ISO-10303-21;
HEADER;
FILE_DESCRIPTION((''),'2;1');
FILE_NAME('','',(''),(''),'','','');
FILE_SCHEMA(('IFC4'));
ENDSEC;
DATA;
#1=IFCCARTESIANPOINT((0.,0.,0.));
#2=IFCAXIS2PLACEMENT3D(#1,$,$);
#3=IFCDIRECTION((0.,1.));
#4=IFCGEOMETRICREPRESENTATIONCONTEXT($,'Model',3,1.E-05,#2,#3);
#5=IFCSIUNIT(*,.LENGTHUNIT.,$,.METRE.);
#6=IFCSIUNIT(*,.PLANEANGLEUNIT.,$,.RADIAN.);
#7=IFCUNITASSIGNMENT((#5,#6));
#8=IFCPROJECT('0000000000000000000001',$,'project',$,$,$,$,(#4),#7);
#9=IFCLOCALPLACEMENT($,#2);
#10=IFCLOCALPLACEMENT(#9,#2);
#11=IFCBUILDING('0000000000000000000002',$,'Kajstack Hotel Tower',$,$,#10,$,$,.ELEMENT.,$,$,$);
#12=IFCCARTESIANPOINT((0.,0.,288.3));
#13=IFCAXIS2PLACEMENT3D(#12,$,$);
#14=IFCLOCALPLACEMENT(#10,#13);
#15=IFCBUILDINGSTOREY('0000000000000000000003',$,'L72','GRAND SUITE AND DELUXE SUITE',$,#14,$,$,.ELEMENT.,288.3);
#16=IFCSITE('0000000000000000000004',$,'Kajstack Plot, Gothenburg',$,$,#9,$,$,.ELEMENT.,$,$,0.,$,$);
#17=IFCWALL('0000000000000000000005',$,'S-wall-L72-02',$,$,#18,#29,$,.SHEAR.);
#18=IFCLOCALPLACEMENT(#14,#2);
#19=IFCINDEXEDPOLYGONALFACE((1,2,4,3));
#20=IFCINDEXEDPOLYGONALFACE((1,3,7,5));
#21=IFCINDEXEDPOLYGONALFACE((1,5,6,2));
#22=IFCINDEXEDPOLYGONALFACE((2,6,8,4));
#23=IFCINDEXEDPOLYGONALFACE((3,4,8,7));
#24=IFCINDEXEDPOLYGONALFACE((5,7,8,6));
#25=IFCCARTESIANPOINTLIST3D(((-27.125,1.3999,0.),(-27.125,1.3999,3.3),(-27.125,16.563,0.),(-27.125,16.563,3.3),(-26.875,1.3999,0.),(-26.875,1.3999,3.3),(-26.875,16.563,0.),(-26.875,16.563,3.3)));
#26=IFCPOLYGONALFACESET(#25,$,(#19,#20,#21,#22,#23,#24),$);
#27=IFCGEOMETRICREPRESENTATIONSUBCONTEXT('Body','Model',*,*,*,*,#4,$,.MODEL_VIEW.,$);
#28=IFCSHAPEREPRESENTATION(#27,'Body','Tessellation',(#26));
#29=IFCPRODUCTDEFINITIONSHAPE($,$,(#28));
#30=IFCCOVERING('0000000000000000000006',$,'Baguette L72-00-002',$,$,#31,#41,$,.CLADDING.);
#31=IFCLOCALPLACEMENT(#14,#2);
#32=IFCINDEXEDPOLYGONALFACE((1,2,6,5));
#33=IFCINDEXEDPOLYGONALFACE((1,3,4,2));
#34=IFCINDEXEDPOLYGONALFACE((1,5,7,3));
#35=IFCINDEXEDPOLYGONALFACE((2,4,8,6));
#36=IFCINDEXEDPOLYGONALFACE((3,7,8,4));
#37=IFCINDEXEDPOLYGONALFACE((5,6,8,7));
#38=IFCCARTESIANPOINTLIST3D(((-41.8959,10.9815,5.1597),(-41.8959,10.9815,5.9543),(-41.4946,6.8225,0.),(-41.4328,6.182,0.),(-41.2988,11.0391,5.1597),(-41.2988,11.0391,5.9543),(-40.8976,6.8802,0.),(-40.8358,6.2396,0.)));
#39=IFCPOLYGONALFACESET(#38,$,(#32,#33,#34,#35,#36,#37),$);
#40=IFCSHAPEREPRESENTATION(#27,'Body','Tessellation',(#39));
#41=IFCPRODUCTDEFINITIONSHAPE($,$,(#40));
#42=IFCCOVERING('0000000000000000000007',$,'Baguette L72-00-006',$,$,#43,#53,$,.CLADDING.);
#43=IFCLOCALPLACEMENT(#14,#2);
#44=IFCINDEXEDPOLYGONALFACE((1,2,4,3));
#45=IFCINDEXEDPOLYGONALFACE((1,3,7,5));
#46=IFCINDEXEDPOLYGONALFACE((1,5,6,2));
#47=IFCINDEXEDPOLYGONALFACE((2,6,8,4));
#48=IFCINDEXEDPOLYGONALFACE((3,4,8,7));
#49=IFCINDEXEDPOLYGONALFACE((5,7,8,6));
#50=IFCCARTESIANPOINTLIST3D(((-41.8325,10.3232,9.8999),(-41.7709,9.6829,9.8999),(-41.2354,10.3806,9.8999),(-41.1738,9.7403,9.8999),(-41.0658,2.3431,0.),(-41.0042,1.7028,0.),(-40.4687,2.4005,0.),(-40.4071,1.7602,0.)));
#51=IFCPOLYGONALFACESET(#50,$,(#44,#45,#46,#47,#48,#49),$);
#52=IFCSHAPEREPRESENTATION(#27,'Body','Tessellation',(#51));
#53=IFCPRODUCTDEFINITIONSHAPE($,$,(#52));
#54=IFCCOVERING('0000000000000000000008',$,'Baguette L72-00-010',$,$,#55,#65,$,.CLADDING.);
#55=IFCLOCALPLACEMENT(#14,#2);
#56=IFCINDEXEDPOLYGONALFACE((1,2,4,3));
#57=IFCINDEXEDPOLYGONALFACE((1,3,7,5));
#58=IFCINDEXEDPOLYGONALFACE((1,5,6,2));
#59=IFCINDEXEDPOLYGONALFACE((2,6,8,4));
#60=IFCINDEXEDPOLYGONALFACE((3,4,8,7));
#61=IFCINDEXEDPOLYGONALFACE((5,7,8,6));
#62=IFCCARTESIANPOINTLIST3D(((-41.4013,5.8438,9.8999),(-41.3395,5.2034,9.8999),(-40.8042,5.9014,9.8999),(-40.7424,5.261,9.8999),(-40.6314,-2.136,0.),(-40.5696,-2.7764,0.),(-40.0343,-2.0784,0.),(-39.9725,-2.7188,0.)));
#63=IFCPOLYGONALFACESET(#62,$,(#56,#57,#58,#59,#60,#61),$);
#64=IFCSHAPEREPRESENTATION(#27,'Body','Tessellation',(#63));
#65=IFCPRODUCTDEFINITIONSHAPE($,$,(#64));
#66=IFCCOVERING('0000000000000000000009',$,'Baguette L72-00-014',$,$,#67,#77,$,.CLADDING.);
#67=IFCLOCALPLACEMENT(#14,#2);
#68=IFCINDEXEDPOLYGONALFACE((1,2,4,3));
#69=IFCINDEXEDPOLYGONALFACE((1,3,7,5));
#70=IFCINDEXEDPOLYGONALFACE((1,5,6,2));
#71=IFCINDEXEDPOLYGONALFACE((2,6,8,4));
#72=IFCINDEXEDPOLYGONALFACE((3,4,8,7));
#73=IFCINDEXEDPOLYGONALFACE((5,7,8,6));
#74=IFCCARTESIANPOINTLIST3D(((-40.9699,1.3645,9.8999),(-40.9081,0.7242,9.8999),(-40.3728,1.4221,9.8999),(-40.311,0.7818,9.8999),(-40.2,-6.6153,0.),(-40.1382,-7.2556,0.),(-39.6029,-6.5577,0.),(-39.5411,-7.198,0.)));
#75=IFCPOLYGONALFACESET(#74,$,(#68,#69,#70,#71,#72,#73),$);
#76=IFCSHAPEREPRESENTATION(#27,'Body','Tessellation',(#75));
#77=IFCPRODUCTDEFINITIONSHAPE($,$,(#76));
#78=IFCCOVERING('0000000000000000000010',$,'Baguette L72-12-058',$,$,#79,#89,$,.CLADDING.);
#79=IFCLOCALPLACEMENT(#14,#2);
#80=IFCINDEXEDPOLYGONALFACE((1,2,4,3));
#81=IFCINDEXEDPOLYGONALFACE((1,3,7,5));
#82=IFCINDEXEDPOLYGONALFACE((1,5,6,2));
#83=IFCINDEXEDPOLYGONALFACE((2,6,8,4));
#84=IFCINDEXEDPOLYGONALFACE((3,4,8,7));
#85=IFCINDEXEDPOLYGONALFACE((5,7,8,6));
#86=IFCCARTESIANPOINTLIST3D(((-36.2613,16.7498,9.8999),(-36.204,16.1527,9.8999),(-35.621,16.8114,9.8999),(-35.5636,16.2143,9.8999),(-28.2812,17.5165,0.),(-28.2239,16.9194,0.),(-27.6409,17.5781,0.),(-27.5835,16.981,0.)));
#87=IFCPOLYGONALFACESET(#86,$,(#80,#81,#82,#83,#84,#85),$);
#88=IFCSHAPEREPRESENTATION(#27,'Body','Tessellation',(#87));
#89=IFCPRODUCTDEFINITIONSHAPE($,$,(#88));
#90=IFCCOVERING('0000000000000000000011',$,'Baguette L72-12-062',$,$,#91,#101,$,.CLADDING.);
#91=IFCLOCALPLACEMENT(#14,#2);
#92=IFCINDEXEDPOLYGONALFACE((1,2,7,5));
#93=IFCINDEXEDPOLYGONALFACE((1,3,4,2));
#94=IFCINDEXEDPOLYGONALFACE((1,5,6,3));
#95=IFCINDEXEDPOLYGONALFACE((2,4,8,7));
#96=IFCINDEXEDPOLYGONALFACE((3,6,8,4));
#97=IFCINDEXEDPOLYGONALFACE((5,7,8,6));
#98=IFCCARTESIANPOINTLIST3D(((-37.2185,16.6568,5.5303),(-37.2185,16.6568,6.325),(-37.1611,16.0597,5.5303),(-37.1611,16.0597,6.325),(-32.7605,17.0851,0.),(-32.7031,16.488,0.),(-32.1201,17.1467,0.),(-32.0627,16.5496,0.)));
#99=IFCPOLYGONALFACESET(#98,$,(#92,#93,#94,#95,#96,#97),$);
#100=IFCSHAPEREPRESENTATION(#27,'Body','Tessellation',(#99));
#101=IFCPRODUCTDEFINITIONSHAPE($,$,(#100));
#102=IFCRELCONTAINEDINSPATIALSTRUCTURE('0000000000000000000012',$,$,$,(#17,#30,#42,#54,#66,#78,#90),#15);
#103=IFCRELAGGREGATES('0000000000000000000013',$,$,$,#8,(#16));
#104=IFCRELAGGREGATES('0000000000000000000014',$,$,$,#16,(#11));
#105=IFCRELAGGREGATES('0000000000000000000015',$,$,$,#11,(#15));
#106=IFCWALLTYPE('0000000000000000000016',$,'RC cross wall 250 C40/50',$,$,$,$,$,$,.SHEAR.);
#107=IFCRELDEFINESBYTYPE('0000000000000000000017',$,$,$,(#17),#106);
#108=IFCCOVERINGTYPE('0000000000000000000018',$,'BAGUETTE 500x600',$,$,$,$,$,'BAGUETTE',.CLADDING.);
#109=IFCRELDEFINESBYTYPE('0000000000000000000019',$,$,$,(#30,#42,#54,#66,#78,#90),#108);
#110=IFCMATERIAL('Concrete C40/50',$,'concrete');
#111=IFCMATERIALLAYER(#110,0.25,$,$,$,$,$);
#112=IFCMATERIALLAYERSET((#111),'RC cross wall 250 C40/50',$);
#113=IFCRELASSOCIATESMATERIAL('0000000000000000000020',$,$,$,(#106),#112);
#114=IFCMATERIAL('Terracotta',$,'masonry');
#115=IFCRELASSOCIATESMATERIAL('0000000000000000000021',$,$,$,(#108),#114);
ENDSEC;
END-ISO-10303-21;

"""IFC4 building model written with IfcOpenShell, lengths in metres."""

from ifc_helpers import new_model, si_unit, direction, frame, frame_2d, origin, origin_2d, place, context, subcontext, project, spatial, polyline, rectangle, outline, extrude, material, layer, layer_set, material_profile, profile_set, type_object, element, save


model = new_model("IFC4")

# Units and contexts
model_context = context("Model", 3, precision=1e-05, world=origin(), true_north=direction((0.0, 1.0)))
body_context = subcontext(model_context, "Body", "Model", "MODEL_VIEW")
ifc_project = project(units=[si_unit("LENGTHUNIT", "METRE"), si_unit("PLANEANGLEUNIT", "RADIAN")], contexts=[model_context])

# Site, building, storey
site_placement = place(None, origin())
site = spatial("IfcSite", under=ifc_project, at=site_placement, Name="Kajstack Plot, Gothenburg", CompositionType="ELEMENT", RefElevation=0.0)
building_placement = place(site_placement, origin())
building = spatial("IfcBuilding", under=site, at=building_placement, Name="Kajstack Hotel Tower", CompositionType="ELEMENT")
storey_placement = place(building_placement, frame((0.0, 0.0, 288.3)))
storey = spatial("IfcBuildingStorey", under=building, at=storey_placement, Name="L72", Description="GRAND SUITE AND DELUXE SUITE", CompositionType="ELEMENT", Elevation=288.3)

# Wall
ifc_material_1 = material(Name="Concrete C40/50", Category="concrete")
ifc_layer_1 = layer(ifc_material_1, 0.25)
ifc_layer_set_1 = layer_set([ifc_layer_1], Name="RC cross wall 250 C40/50")
wall_type_1 = type_object("IfcWallType", Name="RC cross wall 250 C40/50", PredefinedType="SHEAR", material=ifc_layer_set_1)
wall_1_placement = place(storey_placement, frame((-27.0, 1.3999, 0.0), z_axis=(0.0, 0.0, 1.0), x_axis=(0.0, 1.0, 0.0)))
element("IfcWall", 1, at=wall_1_placement, inside=storey, type_object=wall_type_1, Name="S-wall-L72-02", PredefinedType="SHEAR", context=body_context, shape_type="SweptSolid", body=[
    extrude(rectangle(XDim=15.1631, YDim=0.25, at=frame_2d((7.5815, 0.0))), origin(), (0.0, 0.0, 1.0), 3.3),
])

# Coverings
ifc_material_2 = material(Name="Terracotta", Category="masonry")
ifc_material_profile = material_profile(ifc_material_2, rectangle(XDim=0.6001, YDim=0.5, at=origin_2d()), Name="Terracotta-clad concrete baguette 500 x 600")
ifc_profile_set = profile_set([ifc_material_profile], Name="Terracotta")
covering_type = type_object("IfcCoveringType", Name="BAGUETTE 500x600", ElementType="BAGUETTE", PredefinedType="CLADDING", material=ifc_profile_set)
covering_1_placement = place(storey_placement, frame((-41.2988, 11.0391, 0.0), z_axis=(-0.995378, -0.096038, 0.0), x_axis=(0.096038, -0.995378, 0.0)))
element("IfcCovering", 2, at=covering_1_placement, inside=storey, type_object=covering_type, Name="Baguette L72-00-002", PredefinedType="CLADDING", context=body_context, shape_type="SweptSolid", body=[
    extrude(outline(polyline([(4.8218, 0.0), (0.0, 5.9543), (0.0, 5.1597), (4.1782, 0.0), (4.8218, 0.0)])), origin(), (0.0, 0.0, 1.0), 0.5999),
])
for number, where, z_axis, x_axis, name in (
    (3, (-41.2354, 10.3806, 0.0), (-0.995416, -0.095635, 0.0), (0.095635, -0.995416, 0.0), "Baguette L72-00-006"),
    (4, (-40.8042, 5.9014, 0.0), (-0.995378, -0.096038, 0.0), (0.096038, -0.995378, 0.0), "Baguette L72-00-010"),
    (5, (-40.3728, 1.4221, 0.0), (-0.995378, -0.096038, 0.0), (0.096038, -0.995378, 0.0), "Baguette L72-00-014"),
):
    element("IfcCovering", number, at=place(storey_placement, frame(where, z_axis=z_axis, x_axis=x_axis)), inside=storey, type_object=covering_type, Name=name, PredefinedType="CLADDING", context=body_context, shape_type="SweptSolid", body=[
        extrude(outline(polyline([(0.0, 9.8999), (8.0168, 0.0), (8.6602, 0.0), (0.6433, 9.8999), (0.0, 9.8999)])), origin(), (0.0, 0.0, 1.0), 0.5999),
    ])
covering_2_placement = place(storey_placement, frame((-27.5835, 16.981, 0.0), z_axis=(-0.095635, 0.995416, 0.0), x_axis=(-0.995416, -0.095635, 0.0)))
element("IfcCovering", 6, at=covering_2_placement, inside=storey, type_object=covering_type, Name="Baguette L72-12-058", PredefinedType="CLADDING", context=body_context, shape_type="SweptSolid", body=[
    extrude(outline(polyline([(8.0168, 9.8999), (0.0, 0.0), (0.6433, 0.0), (8.6602, 9.8999), (8.0168, 9.8999)])), origin(), (0.0, 0.0, 1.0), 0.5999),
])
covering_3_placement = place(storey_placement, frame((-32.0627, 16.5496, 0.0), z_axis=(-0.095635, 0.995416, 0.0), x_axis=(-0.995416, -0.095635, 0.0)))
element("IfcCovering", 7, at=covering_3_placement, inside=storey, type_object=covering_type, Name="Baguette L72-12-062", PredefinedType="CLADDING", context=body_context, shape_type="SweptSolid", body=[
    extrude(outline(polyline([(0.6433, 0.0), (5.1218, 5.5303), (5.1218, 6.325), (0.0, 0.0), (0.6433, 0.0)])), origin(), (0.0, 0.0, 1.0), 0.5999),
])

save(model, "model.ifc")
